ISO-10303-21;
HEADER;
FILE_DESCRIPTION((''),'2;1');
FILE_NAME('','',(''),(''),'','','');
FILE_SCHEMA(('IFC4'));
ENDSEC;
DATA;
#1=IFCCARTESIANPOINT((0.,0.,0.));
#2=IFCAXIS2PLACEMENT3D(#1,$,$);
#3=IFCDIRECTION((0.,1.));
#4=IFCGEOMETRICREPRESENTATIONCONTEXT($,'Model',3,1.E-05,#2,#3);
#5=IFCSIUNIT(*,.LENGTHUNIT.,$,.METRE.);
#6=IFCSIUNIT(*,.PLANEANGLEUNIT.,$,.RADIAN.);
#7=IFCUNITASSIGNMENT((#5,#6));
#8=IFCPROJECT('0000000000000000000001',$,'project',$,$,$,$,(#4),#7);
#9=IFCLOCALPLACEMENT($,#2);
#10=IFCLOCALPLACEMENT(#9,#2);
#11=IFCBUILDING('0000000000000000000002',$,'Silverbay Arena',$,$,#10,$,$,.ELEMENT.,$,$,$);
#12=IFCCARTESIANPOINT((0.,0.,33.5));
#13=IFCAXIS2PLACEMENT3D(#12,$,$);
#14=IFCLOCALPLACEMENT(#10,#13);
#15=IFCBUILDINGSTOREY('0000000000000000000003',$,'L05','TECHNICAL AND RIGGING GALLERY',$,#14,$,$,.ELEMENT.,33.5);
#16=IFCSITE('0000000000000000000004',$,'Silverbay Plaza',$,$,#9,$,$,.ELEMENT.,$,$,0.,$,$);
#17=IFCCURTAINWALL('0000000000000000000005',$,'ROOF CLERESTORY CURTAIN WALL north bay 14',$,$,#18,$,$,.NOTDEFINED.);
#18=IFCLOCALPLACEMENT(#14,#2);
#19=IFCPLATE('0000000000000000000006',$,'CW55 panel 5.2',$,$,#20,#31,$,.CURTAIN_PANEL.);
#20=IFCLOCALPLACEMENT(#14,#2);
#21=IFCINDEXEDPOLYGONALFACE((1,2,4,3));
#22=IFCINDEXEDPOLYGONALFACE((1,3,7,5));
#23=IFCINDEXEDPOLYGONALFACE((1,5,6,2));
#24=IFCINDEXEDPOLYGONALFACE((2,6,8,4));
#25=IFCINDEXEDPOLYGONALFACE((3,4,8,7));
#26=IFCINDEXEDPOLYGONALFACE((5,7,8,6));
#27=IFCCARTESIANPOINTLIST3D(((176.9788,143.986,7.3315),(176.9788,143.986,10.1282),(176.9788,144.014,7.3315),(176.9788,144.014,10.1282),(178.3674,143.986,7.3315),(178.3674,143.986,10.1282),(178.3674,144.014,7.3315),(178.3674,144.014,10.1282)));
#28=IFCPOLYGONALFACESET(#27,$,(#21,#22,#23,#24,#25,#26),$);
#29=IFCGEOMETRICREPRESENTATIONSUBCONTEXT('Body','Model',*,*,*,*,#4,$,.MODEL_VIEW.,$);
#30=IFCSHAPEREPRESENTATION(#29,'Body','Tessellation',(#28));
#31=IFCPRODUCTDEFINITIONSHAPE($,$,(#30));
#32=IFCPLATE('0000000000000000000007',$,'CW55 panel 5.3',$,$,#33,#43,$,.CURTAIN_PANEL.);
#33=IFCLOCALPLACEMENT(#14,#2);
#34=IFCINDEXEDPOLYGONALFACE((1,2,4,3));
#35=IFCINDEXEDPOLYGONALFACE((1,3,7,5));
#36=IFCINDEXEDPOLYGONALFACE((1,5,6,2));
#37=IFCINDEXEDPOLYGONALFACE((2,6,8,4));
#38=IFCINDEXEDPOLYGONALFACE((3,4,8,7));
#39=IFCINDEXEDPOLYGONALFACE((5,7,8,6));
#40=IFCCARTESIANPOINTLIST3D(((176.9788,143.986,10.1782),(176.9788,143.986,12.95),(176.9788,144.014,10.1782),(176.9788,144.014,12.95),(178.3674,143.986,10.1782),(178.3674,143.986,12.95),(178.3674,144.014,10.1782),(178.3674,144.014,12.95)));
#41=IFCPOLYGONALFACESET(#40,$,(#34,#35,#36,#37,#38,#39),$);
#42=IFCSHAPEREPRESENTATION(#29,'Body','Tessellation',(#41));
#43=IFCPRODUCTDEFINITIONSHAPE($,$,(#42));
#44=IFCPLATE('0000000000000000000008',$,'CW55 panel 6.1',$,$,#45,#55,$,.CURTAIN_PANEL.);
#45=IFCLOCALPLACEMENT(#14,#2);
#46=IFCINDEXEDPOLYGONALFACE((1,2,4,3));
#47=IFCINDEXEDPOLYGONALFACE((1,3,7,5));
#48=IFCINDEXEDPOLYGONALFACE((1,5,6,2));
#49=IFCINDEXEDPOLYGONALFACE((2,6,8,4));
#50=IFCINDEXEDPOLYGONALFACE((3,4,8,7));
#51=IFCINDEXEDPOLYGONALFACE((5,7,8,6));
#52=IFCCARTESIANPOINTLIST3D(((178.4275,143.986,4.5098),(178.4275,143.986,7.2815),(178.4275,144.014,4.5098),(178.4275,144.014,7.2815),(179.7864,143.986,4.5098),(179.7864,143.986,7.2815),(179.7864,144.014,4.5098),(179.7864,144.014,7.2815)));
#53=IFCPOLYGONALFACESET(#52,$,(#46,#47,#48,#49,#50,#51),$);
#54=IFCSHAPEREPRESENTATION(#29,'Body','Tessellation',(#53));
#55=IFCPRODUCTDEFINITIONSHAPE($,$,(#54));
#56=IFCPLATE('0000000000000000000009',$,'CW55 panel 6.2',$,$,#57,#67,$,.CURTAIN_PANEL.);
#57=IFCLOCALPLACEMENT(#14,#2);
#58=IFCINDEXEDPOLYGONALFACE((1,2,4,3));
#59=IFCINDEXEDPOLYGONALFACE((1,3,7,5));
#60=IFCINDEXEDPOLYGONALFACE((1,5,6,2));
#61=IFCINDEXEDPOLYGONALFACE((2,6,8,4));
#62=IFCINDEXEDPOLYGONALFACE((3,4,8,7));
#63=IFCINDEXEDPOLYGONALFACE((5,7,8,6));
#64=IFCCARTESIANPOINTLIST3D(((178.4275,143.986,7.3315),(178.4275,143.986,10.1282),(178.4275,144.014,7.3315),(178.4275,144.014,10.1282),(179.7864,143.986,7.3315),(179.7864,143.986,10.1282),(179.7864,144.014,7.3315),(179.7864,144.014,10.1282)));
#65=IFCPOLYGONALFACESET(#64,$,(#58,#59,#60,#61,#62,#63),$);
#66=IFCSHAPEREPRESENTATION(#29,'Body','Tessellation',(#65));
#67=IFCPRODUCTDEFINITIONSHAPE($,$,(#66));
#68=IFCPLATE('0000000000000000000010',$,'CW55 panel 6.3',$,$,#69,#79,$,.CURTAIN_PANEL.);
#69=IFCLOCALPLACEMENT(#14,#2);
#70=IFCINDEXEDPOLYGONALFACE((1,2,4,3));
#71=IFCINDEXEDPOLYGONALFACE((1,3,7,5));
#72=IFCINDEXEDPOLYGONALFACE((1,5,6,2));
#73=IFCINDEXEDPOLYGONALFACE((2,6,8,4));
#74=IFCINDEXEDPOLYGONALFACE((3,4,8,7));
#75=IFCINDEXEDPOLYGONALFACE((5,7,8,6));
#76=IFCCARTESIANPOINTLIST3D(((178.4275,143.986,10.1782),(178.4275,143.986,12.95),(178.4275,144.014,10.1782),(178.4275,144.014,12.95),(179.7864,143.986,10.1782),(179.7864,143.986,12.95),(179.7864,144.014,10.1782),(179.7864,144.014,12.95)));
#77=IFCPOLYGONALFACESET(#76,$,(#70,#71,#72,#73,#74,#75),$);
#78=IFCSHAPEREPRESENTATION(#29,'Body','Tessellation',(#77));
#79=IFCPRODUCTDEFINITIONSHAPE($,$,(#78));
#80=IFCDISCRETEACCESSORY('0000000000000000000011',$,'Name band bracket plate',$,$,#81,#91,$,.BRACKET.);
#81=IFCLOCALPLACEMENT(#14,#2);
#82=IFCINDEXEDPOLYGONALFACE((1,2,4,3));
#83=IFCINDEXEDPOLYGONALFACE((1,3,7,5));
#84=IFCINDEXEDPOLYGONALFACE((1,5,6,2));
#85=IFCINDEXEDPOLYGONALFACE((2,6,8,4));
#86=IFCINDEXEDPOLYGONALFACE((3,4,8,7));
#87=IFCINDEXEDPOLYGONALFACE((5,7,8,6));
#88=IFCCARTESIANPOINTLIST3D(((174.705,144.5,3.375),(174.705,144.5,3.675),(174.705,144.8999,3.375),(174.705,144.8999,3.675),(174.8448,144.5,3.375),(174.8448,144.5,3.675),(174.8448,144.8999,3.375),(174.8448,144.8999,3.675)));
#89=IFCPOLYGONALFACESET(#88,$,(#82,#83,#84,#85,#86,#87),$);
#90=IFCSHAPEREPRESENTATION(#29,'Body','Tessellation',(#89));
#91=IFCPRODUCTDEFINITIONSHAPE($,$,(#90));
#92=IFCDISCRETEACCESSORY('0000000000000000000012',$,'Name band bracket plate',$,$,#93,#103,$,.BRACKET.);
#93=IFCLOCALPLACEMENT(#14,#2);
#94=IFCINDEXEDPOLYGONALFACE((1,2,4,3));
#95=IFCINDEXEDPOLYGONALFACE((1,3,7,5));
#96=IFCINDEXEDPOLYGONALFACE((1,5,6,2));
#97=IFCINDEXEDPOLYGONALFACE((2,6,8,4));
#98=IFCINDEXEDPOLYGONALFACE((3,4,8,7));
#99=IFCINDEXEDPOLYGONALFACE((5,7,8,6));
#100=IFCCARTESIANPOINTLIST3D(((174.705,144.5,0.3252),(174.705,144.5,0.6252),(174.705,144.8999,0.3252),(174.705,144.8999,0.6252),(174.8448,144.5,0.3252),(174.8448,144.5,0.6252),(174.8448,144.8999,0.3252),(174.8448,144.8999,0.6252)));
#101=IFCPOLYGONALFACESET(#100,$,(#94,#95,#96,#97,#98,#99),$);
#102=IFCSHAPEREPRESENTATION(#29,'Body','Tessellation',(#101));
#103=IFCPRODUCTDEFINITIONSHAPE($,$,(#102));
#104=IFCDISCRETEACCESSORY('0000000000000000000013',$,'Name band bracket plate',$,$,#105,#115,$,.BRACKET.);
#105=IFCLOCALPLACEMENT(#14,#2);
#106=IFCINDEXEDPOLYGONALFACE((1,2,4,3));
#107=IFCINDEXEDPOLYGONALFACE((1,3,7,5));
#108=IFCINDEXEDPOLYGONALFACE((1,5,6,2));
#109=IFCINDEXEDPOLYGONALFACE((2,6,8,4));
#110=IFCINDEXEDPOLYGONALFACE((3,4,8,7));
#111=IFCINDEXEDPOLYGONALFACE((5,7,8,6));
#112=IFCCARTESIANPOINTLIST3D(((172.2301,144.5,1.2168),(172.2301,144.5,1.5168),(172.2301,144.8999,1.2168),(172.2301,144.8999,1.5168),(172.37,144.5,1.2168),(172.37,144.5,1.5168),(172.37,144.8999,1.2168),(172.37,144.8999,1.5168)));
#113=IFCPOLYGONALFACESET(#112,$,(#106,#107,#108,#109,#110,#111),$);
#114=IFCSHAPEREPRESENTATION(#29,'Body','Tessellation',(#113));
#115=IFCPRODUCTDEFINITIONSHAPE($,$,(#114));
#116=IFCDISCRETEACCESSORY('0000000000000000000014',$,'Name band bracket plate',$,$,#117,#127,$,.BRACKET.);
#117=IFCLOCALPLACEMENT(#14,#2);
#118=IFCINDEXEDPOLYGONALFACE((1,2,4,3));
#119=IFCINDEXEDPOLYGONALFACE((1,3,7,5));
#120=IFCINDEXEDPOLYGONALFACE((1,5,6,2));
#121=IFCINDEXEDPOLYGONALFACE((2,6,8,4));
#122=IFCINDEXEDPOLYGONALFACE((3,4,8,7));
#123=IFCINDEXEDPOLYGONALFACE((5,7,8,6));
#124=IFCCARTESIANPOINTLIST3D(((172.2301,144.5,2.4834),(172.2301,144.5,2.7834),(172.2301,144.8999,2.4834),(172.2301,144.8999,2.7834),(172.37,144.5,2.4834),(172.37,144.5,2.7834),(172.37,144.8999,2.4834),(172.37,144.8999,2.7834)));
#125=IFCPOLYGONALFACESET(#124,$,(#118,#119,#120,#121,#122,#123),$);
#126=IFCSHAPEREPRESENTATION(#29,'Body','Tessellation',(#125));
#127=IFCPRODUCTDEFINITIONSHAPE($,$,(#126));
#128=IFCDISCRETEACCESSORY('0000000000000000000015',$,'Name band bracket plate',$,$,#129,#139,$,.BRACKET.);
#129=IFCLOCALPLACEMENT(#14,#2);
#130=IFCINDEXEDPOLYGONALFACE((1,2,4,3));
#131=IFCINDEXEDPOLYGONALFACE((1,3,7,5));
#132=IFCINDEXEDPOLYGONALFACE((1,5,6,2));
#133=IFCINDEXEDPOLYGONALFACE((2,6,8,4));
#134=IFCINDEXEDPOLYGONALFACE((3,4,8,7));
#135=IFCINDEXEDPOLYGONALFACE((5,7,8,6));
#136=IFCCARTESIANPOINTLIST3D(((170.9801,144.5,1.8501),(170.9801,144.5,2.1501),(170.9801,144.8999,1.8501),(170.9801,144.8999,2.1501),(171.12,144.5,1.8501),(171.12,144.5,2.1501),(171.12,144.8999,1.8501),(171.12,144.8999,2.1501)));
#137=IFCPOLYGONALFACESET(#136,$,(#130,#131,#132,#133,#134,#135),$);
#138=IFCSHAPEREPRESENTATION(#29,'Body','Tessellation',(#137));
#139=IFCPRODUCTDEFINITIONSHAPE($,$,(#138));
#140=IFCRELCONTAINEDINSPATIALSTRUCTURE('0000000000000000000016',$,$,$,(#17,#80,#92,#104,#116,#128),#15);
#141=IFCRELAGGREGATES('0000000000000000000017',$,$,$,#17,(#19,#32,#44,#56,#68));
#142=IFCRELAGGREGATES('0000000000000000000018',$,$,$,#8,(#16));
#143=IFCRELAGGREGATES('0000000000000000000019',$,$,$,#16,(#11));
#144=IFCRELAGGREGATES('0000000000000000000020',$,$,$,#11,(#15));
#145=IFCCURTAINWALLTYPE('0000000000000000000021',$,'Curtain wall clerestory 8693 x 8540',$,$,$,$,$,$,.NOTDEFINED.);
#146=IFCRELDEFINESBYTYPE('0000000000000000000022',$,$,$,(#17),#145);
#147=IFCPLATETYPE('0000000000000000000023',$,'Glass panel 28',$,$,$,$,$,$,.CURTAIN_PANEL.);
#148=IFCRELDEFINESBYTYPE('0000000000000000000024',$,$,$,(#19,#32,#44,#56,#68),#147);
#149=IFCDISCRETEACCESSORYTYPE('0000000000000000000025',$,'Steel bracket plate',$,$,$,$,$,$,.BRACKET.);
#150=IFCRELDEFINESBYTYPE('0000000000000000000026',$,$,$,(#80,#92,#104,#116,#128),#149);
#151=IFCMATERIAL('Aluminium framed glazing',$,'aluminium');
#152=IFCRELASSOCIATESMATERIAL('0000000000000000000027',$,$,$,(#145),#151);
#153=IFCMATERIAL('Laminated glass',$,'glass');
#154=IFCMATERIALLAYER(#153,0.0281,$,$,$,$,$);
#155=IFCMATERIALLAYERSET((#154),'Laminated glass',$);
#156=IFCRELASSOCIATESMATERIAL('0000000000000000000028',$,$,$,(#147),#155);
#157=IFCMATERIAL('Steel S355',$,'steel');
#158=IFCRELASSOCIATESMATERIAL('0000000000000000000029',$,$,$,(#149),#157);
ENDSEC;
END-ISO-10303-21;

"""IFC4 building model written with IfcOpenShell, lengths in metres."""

from ifc_helpers import new_model, si_unit, direction, frame, origin, origin_2d, place, context, subcontext, project, spatial, rectangle, extrude, material, layer, layer_set, type_object, element, aggregate, save


model = new_model("IFC4")

# Units and contexts
model_context = context("Model", 3, precision=1e-05, world=origin(), true_north=direction((0.0, 1.0)))
body_context = subcontext(model_context, "Body", "Model", "MODEL_VIEW")
ifc_project = project(units=[si_unit("LENGTHUNIT", "METRE"), si_unit("PLANEANGLEUNIT", "RADIAN")], contexts=[model_context])

# Site, building, storey
site_placement = place(None, origin())
site = spatial("IfcSite", under=ifc_project, at=site_placement, Name="Silverbay Plaza", CompositionType="ELEMENT", RefElevation=0.0)
building_placement = place(site_placement, origin())
building = spatial("IfcBuilding", under=site, at=building_placement, Name="Silverbay Arena", CompositionType="ELEMENT")
storey_placement = place(building_placement, frame((0.0, 0.0, 33.5)))
storey = spatial("IfcBuildingStorey", under=building, at=storey_placement, Name="L05", Description="TECHNICAL AND RIGGING GALLERY", CompositionType="ELEMENT", Elevation=33.5)

# Curtain wall
ifc_material_1 = material(Name="Aluminium framed glazing", Category="aluminium")
curtain_wall_type = type_object("IfcCurtainWallType", Name="Curtain wall clerestory 8693 x 8540", PredefinedType="NOTDEFINED", material=ifc_material_1)
curtain_wall_placement = place(storey_placement, origin())
curtain_wall = element("IfcCurtainWall", 1, at=curtain_wall_placement, inside=storey, type_object=curtain_wall_type, Name="ROOF CLERESTORY CURTAIN WALL north bay 14", PredefinedType="NOTDEFINED")

# Plates
ifc_material_2 = material(Name="Laminated glass", Category="glass")
ifc_layer = layer(ifc_material_2, 0.0281)
ifc_layer_set = layer_set([ifc_layer], Name="Laminated glass")
plate_type = type_object("IfcPlateType", Name="Glass panel 28", PredefinedType="CURTAIN_PANEL", material=ifc_layer_set)
plate_1_placement = place(storey_placement, frame((177.6731, 144.0, 7.3315), z_axis=(0.0, 0.0, 1.0), x_axis=(1.0, 0.0, 0.0)))
plate_1 = element("IfcPlate", 2, at=plate_1_placement, type_object=plate_type, Name="CW55 panel 5.2", PredefinedType="CURTAIN_PANEL", context=body_context, shape_type="SweptSolid", body=[
    extrude(rectangle(XDim=1.3887, YDim=0.0281, at=origin_2d()), origin(), (0.0, 0.0, 1.0), 2.7966),
])
plate_2_placement = place(storey_placement, frame((177.6731, 144.0, 10.1782), z_axis=(0.0, 0.0, 1.0), x_axis=(1.0, 0.0, 0.0)))
plate_2 = element("IfcPlate", 3, at=plate_2_placement, type_object=plate_type, Name="CW55 panel 5.3", PredefinedType="CURTAIN_PANEL", context=body_context, shape_type="SweptSolid", body=[
    extrude(rectangle(XDim=1.3887, YDim=0.0281, at=origin_2d()), origin(), (0.0, 0.0, 1.0), 2.7717),
])
plate_3_placement = place(storey_placement, frame((179.1069, 144.0, 4.5098), z_axis=(0.0, 0.0, 1.0), x_axis=(1.0, 0.0, 0.0)))
plate_3 = element("IfcPlate", 4, at=plate_3_placement, type_object=plate_type, Name="CW55 panel 6.1", PredefinedType="CURTAIN_PANEL", context=body_context, shape_type="SweptSolid", body=[
    extrude(rectangle(XDim=1.3589, YDim=0.0281, at=origin_2d()), origin(), (0.0, 0.0, 1.0), 2.7717),
])
plate_4_placement = place(storey_placement, frame((179.1069, 144.0, 7.3315), z_axis=(0.0, 0.0, 1.0), x_axis=(1.0, 0.0, 0.0)))
plate_4 = element("IfcPlate", 5, at=plate_4_placement, type_object=plate_type, Name="CW55 panel 6.2", PredefinedType="CURTAIN_PANEL", context=body_context, shape_type="SweptSolid", body=[
    extrude(rectangle(XDim=1.3589, YDim=0.0281, at=origin_2d()), origin(), (0.0, 0.0, 1.0), 2.7966),
])
plate_5_placement = place(storey_placement, frame((179.1069, 144.0, 10.1782), z_axis=(0.0, 0.0, 1.0), x_axis=(1.0, 0.0, 0.0)))
plate_5 = element("IfcPlate", 6, at=plate_5_placement, type_object=plate_type, Name="CW55 panel 6.3", PredefinedType="CURTAIN_PANEL", context=body_context, shape_type="SweptSolid", body=[
    extrude(rectangle(XDim=1.3589, YDim=0.0281, at=origin_2d()), origin(), (0.0, 0.0, 1.0), 2.7717),
])
aggregate(curtain_wall, [plate_1, plate_2, plate_3, plate_4, plate_5])

# Discrete accessories
ifc_material_3 = material(Name="Steel S355", Category="steel")
discrete_accessory_type = type_object("IfcDiscreteAccessoryType", Name="Steel bracket plate", PredefinedType="BRACKET", material=ifc_material_3)
for number, where, z_axis, x_axis, name in (
    (7, (174.7749, 144.7, 3.375), (0.0, 0.0, 1.0), (1.0, 0.0, 0.0), "Name band bracket plate"),
    (8, (174.7749, 144.7, 0.3252), (0.0, 0.0, 1.0), (1.0, 0.0, 0.0), "Name band bracket plate"),
    (9, (172.3, 144.7, 1.2168), (0.0, 0.0, 1.0), (1.0, 0.0, 0.0), "Name band bracket plate"),
    (10, (172.3, 144.7, 2.4834), (0.0, 0.0, 1.0), (1.0, 0.0, 0.0), "Name band bracket plate"),
    (11, (171.05, 144.7, 1.8501), (0.0, 0.0, 1.0), (1.0, 0.0, 0.0), "Name band bracket plate"),
):
    element("IfcDiscreteAccessory", number, at=place(storey_placement, frame(where, z_axis=z_axis, x_axis=x_axis)), inside=storey, type_object=discrete_accessory_type, Name=name, PredefinedType="BRACKET", context=body_context, shape_type="SweptSolid", body=[
        extrude(rectangle(XDim=0.1399, YDim=0.3999, at=origin_2d()), origin(), (0.0, 0.0, 1.0), 0.3),
    ])

save(model, "model.ifc")
